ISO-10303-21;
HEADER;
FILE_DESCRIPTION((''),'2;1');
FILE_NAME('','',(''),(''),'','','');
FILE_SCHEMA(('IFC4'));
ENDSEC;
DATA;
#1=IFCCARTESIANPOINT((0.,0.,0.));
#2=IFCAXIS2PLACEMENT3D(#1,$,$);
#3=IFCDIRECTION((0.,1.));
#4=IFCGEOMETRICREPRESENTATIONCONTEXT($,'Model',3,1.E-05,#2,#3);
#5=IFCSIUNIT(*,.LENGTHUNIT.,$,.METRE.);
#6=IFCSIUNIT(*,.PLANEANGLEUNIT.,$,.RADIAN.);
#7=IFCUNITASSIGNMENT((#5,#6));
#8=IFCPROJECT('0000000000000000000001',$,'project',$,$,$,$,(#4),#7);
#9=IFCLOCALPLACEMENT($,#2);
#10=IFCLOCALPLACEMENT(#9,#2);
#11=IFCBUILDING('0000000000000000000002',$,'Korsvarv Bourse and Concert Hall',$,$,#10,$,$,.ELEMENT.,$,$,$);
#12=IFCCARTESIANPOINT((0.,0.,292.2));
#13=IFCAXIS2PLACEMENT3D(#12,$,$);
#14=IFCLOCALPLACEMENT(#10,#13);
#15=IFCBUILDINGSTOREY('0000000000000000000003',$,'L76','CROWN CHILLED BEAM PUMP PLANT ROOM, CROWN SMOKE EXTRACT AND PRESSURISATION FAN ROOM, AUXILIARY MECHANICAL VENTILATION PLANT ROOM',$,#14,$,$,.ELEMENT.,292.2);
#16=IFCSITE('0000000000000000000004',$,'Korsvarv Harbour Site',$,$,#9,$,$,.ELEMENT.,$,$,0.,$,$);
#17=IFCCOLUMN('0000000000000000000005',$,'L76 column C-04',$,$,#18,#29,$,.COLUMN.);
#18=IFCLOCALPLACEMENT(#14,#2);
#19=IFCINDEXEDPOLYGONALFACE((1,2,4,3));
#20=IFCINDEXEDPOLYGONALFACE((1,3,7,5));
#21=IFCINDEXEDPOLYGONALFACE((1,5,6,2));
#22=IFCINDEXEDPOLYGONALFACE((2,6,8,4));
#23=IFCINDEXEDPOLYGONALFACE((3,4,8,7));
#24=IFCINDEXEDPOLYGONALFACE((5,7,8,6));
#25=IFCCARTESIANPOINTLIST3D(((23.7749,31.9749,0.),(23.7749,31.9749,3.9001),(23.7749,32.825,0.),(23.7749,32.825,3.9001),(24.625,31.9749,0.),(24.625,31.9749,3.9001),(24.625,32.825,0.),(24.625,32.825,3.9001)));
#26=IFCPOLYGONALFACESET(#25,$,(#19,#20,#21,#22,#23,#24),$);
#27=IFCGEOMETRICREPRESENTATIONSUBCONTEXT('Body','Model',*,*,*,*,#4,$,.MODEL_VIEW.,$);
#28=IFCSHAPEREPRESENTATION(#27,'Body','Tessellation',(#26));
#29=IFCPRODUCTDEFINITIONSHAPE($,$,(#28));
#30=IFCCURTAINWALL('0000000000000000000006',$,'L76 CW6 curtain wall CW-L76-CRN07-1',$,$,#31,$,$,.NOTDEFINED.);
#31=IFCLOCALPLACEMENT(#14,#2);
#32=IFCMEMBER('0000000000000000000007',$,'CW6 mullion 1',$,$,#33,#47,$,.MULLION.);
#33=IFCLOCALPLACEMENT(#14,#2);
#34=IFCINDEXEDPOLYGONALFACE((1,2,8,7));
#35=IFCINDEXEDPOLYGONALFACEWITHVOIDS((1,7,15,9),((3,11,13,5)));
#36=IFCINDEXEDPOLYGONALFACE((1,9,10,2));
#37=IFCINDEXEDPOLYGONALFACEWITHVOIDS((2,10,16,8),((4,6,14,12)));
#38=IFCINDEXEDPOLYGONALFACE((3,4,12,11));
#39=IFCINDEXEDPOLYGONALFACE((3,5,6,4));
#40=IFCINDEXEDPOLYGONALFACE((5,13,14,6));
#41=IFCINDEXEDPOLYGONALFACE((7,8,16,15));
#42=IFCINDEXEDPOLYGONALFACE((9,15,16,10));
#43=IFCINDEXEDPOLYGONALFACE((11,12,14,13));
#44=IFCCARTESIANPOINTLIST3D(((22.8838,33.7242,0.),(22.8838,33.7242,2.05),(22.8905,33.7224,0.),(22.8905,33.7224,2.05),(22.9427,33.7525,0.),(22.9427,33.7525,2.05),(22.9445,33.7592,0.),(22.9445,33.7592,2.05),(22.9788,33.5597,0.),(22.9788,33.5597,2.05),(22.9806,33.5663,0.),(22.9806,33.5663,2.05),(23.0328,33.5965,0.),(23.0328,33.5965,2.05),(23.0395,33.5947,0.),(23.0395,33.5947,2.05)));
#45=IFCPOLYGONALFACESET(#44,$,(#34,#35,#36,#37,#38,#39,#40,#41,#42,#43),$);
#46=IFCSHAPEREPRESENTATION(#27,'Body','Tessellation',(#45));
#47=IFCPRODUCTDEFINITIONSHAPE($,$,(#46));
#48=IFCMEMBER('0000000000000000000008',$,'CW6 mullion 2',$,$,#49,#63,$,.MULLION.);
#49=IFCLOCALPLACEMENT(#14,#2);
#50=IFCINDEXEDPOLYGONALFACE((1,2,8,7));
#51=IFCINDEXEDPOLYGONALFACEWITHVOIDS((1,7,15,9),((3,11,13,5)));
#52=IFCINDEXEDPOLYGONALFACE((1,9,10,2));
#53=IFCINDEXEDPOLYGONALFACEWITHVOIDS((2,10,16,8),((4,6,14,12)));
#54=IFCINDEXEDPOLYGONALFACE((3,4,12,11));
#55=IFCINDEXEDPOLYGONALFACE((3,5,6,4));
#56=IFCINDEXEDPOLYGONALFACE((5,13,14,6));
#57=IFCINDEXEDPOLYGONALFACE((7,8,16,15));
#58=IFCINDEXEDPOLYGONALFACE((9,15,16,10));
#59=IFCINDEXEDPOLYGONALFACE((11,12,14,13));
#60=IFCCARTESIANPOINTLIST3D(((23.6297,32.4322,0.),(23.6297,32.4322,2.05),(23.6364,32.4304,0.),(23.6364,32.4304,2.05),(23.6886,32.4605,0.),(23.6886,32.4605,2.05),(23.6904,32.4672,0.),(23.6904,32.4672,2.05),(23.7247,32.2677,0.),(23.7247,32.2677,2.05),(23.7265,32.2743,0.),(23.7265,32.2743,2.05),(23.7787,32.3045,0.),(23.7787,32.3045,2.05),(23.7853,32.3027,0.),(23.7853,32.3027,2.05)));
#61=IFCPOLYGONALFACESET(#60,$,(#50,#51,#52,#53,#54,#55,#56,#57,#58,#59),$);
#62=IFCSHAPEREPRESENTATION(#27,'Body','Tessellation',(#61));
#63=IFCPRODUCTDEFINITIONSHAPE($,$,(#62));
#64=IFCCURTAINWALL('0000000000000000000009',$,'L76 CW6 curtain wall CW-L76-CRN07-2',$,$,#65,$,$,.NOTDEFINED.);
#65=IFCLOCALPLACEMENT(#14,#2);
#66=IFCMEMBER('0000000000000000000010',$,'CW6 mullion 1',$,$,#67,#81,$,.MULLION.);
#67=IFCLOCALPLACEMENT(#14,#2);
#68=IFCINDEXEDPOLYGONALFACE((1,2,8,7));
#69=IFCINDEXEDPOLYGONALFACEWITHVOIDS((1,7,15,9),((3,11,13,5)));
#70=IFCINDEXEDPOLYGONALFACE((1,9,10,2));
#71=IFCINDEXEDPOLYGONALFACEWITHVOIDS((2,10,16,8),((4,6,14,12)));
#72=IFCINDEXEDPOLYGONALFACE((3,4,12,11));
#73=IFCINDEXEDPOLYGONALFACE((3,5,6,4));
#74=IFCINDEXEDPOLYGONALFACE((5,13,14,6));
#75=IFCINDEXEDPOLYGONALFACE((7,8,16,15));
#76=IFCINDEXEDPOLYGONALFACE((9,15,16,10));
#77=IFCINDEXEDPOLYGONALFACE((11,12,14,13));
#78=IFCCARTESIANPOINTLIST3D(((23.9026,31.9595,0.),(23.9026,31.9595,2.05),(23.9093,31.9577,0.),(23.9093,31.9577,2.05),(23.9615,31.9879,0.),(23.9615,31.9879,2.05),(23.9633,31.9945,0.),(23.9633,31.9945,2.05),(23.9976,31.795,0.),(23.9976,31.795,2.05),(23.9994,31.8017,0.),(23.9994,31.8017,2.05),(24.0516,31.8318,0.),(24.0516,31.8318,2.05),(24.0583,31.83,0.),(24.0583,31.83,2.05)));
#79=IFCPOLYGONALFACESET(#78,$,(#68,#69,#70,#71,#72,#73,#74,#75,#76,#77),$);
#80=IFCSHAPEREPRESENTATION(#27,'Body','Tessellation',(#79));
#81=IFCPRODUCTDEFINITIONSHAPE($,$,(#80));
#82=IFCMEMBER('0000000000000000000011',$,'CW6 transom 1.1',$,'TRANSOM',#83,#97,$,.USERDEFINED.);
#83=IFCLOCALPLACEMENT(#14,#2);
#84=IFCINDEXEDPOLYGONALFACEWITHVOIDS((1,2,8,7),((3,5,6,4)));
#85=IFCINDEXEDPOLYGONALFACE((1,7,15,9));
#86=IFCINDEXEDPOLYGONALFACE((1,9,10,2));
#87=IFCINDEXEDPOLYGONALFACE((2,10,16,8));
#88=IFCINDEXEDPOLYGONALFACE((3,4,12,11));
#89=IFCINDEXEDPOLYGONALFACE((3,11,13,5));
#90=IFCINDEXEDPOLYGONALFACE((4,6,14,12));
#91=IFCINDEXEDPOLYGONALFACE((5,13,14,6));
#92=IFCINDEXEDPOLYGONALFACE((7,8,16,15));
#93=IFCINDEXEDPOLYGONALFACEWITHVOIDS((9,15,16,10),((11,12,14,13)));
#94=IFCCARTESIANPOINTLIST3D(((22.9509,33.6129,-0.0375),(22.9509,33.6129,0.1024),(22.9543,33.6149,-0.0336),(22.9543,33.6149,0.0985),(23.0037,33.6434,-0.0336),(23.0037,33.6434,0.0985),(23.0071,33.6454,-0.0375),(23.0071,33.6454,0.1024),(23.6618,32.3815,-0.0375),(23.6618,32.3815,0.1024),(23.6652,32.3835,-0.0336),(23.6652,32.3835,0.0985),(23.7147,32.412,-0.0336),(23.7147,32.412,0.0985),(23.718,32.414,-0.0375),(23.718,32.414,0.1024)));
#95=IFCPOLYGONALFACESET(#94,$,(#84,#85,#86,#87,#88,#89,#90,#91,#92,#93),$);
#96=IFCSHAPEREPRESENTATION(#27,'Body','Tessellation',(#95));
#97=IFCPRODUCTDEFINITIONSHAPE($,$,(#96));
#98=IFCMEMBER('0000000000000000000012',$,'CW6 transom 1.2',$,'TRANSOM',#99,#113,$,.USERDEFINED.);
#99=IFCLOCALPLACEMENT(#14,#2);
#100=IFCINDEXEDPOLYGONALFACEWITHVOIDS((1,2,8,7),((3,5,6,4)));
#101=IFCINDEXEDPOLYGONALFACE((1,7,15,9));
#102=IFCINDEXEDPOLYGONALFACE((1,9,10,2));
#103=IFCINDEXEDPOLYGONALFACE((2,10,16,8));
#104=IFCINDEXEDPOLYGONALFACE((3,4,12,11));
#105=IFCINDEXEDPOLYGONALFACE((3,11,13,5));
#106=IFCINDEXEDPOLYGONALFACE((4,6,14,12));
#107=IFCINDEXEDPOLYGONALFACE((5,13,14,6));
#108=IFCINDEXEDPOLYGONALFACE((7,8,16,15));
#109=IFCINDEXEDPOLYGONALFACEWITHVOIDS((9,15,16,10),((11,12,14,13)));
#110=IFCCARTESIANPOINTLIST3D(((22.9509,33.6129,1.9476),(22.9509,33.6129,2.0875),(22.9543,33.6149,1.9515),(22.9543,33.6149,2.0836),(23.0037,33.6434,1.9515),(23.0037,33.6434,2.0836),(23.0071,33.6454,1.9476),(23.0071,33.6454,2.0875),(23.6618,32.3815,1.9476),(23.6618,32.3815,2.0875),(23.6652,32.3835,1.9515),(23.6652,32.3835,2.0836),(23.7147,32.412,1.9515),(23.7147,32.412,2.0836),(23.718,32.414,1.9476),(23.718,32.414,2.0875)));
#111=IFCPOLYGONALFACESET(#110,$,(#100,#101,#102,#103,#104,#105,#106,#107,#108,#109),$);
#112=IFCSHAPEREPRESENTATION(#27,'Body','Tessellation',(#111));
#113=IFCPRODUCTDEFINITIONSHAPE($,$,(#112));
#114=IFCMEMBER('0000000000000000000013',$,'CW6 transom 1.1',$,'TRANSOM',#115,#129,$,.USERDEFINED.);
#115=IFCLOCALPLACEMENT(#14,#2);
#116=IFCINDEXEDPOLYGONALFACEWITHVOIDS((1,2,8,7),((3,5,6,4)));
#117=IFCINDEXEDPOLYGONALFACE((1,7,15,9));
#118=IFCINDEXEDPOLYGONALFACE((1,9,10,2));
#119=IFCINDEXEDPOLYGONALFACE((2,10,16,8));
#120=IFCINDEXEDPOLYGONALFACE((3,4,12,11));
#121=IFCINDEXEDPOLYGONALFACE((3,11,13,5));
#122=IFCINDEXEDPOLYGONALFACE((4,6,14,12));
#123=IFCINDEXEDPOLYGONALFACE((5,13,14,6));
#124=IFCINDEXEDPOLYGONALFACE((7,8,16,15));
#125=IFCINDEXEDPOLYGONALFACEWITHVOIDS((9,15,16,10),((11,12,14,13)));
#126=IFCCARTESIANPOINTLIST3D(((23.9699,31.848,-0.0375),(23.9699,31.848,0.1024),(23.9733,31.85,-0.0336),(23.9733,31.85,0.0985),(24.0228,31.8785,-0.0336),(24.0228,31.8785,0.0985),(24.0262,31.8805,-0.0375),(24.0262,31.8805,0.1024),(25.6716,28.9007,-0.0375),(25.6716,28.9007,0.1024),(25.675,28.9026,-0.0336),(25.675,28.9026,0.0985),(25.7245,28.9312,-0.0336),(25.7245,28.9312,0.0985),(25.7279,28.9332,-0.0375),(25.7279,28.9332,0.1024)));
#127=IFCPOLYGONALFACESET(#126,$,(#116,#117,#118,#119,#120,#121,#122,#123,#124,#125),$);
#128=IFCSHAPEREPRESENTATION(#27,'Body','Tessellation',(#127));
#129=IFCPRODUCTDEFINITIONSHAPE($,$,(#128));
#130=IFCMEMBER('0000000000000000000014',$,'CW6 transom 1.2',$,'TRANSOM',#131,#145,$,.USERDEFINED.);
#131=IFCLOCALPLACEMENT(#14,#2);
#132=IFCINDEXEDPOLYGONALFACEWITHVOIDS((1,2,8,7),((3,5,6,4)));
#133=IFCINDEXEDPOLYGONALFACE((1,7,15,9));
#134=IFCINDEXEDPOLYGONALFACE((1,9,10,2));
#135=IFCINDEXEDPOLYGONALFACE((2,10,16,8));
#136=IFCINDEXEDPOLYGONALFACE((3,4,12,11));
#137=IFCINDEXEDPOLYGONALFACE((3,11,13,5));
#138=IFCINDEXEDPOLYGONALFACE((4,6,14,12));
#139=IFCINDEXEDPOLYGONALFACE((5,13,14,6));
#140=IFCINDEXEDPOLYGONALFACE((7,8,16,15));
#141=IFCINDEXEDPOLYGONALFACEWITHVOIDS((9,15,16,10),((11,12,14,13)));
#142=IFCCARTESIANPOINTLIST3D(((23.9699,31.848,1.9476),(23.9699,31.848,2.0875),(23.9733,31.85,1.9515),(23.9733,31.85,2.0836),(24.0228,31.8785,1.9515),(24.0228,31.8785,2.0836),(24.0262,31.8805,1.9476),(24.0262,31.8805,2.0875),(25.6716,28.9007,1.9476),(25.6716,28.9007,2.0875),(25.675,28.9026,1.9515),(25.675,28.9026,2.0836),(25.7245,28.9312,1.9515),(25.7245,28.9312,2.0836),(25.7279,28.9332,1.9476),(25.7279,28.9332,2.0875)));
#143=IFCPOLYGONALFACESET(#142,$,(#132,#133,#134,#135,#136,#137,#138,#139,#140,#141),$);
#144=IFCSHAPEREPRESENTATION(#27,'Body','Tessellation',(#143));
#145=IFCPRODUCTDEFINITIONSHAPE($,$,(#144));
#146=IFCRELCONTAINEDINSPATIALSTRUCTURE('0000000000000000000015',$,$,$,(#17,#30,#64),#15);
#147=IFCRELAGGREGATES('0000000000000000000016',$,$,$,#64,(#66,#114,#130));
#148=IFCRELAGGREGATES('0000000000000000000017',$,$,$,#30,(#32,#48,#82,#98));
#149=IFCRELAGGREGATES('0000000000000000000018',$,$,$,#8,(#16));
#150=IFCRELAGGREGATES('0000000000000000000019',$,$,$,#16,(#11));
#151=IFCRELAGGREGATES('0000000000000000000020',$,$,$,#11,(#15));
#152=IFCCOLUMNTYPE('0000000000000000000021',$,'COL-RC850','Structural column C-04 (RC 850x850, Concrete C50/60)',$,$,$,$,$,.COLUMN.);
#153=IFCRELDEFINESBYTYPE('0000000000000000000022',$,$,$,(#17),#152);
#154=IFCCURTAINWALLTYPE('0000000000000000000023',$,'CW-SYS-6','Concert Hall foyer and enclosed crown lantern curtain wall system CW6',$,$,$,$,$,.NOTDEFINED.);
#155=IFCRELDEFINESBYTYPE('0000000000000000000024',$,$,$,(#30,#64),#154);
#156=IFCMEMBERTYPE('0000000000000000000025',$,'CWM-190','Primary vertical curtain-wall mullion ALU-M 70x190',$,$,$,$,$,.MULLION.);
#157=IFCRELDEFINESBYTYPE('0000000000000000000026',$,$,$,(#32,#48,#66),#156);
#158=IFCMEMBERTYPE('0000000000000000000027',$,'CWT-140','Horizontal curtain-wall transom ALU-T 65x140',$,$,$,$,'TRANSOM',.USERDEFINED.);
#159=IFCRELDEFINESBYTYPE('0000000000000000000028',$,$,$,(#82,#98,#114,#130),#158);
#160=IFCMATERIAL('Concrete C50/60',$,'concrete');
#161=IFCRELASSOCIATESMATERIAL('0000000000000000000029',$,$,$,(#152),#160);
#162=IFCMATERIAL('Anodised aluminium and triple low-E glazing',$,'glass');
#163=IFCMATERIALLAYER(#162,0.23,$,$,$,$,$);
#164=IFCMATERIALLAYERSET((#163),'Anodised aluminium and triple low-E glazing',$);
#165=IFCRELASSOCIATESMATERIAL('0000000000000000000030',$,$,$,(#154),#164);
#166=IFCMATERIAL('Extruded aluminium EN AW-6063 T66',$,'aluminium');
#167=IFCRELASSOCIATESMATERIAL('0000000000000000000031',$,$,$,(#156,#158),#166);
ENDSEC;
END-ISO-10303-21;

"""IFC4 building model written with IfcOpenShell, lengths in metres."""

from ifc_helpers import new_model, si_unit, direction, frame, origin, origin_2d, place, context, subcontext, project, spatial, rectangle, hollow_rectangle, extrude, source, transform, mapped, material, layer, layer_set, material_profile, profile_set, type_object, element, aggregate, save


model = new_model("IFC4")

# Units and contexts
model_context = context("Model", 3, precision=1e-05, world=origin(), true_north=direction((0.0, 1.0)))
body_context = subcontext(model_context, "Body", "Model", "MODEL_VIEW")
ifc_project = project(units=[si_unit("LENGTHUNIT", "METRE"), si_unit("PLANEANGLEUNIT", "RADIAN")], contexts=[model_context])

# Site, building, storey
site_placement = place(None, origin())
site = spatial("IfcSite", under=ifc_project, at=site_placement, Name="Korsvarv Harbour Site", CompositionType="ELEMENT", RefElevation=0.0)
building_placement = place(site_placement, origin())
building = spatial("IfcBuilding", under=site, at=building_placement, Name="Korsvarv Bourse and Concert Hall", CompositionType="ELEMENT")
storey_placement = place(building_placement, frame((0.0, 0.0, 292.2)))
storey = spatial("IfcBuildingStorey", under=building, at=storey_placement, Name="L76", Description="CROWN CHILLED BEAM PUMP PLANT ROOM, CROWN SMOKE EXTRACT AND PRESSURISATION FAN ROOM, AUXILIARY MECHANICAL VENTILATION PLANT ROOM", CompositionType="ELEMENT", Elevation=292.2)

# Column
ifc_material_1 = material(Name="Concrete C50/60", Category="concrete")
ifc_material_profile_1 = material_profile(ifc_material_1, rectangle(XDim=0.8501, YDim=0.8501, at=origin_2d()), Name="RC 850x850")
ifc_profile_set_1 = profile_set([ifc_material_profile_1], Name="Concrete C50/60")
column_type = type_object("IfcColumnType", Name="COL-RC850", Description="Structural column C-04 (RC 850x850, Concrete C50/60)", PredefinedType="COLUMN", material=ifc_profile_set_1)
shared_shape_1 = source(origin(), body_context, "Body", "SweptSolid", [
    extrude(rectangle(XDim=0.8501, YDim=0.8501, at=origin_2d()), origin(), (0.0, 0.0, 1.0), 3.9001),
])
column_placement = place(storey_placement, frame((24.2, 32.3999, 0.0), z_axis=(0.0, 0.0, 1.0), x_axis=(1.0, 0.0, 0.0)))
element("IfcColumn", 1, at=column_placement, inside=storey, type_object=column_type, Name="L76 column C-04", PredefinedType="COLUMN", context=body_context, shape_type="MappedRepresentation", body=[
    mapped(shared_shape_1, transform((0.0, 0.0, 0.0), scale=1.0)),
])

# Curtain wall, members
ifc_material_2 = material(Name="Anodised aluminium and triple low-E glazing", Category="glass")
ifc_layer_1 = layer(ifc_material_2, 0.23)
ifc_layer_set_1 = layer_set([ifc_layer_1], Name="Anodised aluminium and triple low-E glazing")
curtain_wall_type = type_object("IfcCurtainWallType", Name="CW-SYS-6", Description="Concert Hall foyer and enclosed crown lantern curtain wall system CW6", PredefinedType="NOTDEFINED", material=ifc_layer_set_1)
curtain_wall_1_placement = place(storey_placement, origin())
curtain_wall_1 = element("IfcCurtainWall", 2, at=curtain_wall_1_placement, inside=storey, type_object=curtain_wall_type, Name="L76 CW6 curtain wall CW-L76-CRN07-1", PredefinedType="NOTDEFINED")
ifc_material_3 = material(Name="Extruded aluminium EN AW-6063 T66", Category="aluminium")
ifc_material_profile_2 = material_profile(ifc_material_3, hollow_rectangle(XDim=0.0701, YDim=0.1899, WallThickness=0.0049, at=origin_2d()), Name="ALU-M 70x190")
ifc_profile_set_2 = profile_set([ifc_material_profile_2], Name="Extruded aluminium EN AW-6063 T66")
member_type_1 = type_object("IfcMemberType", Name="CWM-190", Description="Primary vertical curtain-wall mullion ALU-M 70x190", PredefinedType="MULLION", material=ifc_profile_set_2)
shared_shape_2 = source(origin(), body_context, "Body", "SweptSolid", [
    extrude(hollow_rectangle(XDim=0.0701, YDim=0.1899, WallThickness=0.0049, at=origin_2d()), origin(), (0.0, 0.0, 1.0), 2.05),
])
member_1_placement = place(storey_placement, frame((22.9617, 33.6594, 0.0), z_axis=(0.0, 0.0, 1.0), x_axis=(0.866016, 0.500016, 0.0)))
member_1 = element("IfcMember", 3, at=member_1_placement, type_object=member_type_1, Name="CW6 mullion 1", PredefinedType="MULLION", context=body_context, shape_type="MappedRepresentation", body=[
    mapped(shared_shape_2, transform((0.0, 0.0, 0.0), scale=1.0)),
])
member_2_placement = place(storey_placement, frame((23.7075, 32.3674, 0.0), z_axis=(0.0, 0.0, 1.0), x_axis=(0.866016, 0.500016, 0.0)))
member_2 = element("IfcMember", 4, at=member_2_placement, type_object=member_type_1, Name="CW6 mullion 2", PredefinedType="MULLION", context=body_context, shape_type="MappedRepresentation", body=[
    mapped(shared_shape_2, transform((0.0, 0.0, 0.0), scale=1.0)),
])

# Curtain wall, member
curtain_wall_2_placement = place(storey_placement, origin())
curtain_wall_2 = element("IfcCurtainWall", 5, at=curtain_wall_2_placement, inside=storey, type_object=curtain_wall_type, Name="L76 CW6 curtain wall CW-L76-CRN07-2", PredefinedType="NOTDEFINED")
member_3_placement = place(storey_placement, frame((23.9805, 31.8948, 0.0), z_axis=(0.0, 0.0, 1.0), x_axis=(0.866027, 0.499997, 0.0)))
member_3 = element("IfcMember", 6, at=member_3_placement, type_object=member_type_1, Name="CW6 mullion 1", PredefinedType="MULLION", context=body_context, shape_type="MappedRepresentation", body=[
    mapped(shared_shape_2, transform((0.0, 0.0, 0.0), scale=1.0)),
])

# Members
ifc_material_profile_3 = material_profile(ifc_material_3, hollow_rectangle(XDim=0.0649, YDim=0.1399, WallThickness=0.0039, at=origin_2d()), Name="ALU-T 65x140")
ifc_profile_set_3 = profile_set([ifc_material_profile_3], Name="Extruded aluminium EN AW-6063 T66")
member_type_2 = type_object("IfcMemberType", Name="CWT-140", Description="Horizontal curtain-wall transom ALU-T 65x140", ElementType="TRANSOM", PredefinedType="USERDEFINED", material=ifc_profile_set_3)
shared_shape_3 = source(origin(), body_context, "Body", "SweptSolid", [
    extrude(hollow_rectangle(XDim=0.0649, YDim=0.1399, WallThickness=0.0039, at=origin_2d()), origin(), (0.0, 0.0, 1.0), 1.4219),
])
member_4_placement = place(storey_placement, frame((22.979, 33.6292, 0.0325), z_axis=(0.49998, -0.866037, 0.0), x_axis=(0.866037, 0.49998, 0.0)))
member_4 = element("IfcMember", 7, at=member_4_placement, type_object=member_type_2, Name="CW6 transom 1.1", ObjectType="TRANSOM", PredefinedType="USERDEFINED", context=body_context, shape_type="MappedRepresentation", body=[
    mapped(shared_shape_3, transform((0.0, 0.0, 0.0), scale=1.0)),
])
member_5_placement = place(storey_placement, frame((22.979, 33.6292, 2.0176), z_axis=(0.49998, -0.866037, 0.0), x_axis=(0.866037, 0.49998, 0.0)))
member_5 = element("IfcMember", 8, at=member_5_placement, type_object=member_type_2, Name="CW6 transom 1.2", ObjectType="TRANSOM", PredefinedType="USERDEFINED", context=body_context, shape_type="MappedRepresentation", body=[
    mapped(shared_shape_3, transform((0.0, 0.0, 0.0), scale=1.0)),
])
shared_shape_4 = source(origin(), body_context, "Body", "SweptSolid", [
    extrude(hollow_rectangle(XDim=0.0649, YDim=0.1399, WallThickness=0.0039, at=origin_2d()), origin(), (0.0, 0.0, 1.0), 3.4033),
])
member_6_placement = place(storey_placement, frame((23.998, 31.8643, 0.0325), z_axis=(0.500012, -0.866018, 0.0), x_axis=(0.866018, 0.500012, 0.0)))
member_6 = element("IfcMember", 9, at=member_6_placement, type_object=member_type_2, Name="CW6 transom 1.1", ObjectType="TRANSOM", PredefinedType="USERDEFINED", context=body_context, shape_type="MappedRepresentation", body=[
    mapped(shared_shape_4, transform((0.0, 0.0, 0.0), scale=1.0)),
])
member_7_placement = place(storey_placement, frame((23.998, 31.8643, 2.0176), z_axis=(0.500012, -0.866018, 0.0), x_axis=(0.866018, 0.500012, 0.0)))
member_7 = element("IfcMember", 10, at=member_7_placement, type_object=member_type_2, Name="CW6 transom 1.2", ObjectType="TRANSOM", PredefinedType="USERDEFINED", context=body_context, shape_type="MappedRepresentation", body=[
    mapped(shared_shape_4, transform((0.0, 0.0, 0.0), scale=1.0)),
])
aggregate(curtain_wall_2, [member_3, member_6, member_7])

aggregate(curtain_wall_1, [member_1, member_2, member_4, member_5])

save(model, "model.ifc")
